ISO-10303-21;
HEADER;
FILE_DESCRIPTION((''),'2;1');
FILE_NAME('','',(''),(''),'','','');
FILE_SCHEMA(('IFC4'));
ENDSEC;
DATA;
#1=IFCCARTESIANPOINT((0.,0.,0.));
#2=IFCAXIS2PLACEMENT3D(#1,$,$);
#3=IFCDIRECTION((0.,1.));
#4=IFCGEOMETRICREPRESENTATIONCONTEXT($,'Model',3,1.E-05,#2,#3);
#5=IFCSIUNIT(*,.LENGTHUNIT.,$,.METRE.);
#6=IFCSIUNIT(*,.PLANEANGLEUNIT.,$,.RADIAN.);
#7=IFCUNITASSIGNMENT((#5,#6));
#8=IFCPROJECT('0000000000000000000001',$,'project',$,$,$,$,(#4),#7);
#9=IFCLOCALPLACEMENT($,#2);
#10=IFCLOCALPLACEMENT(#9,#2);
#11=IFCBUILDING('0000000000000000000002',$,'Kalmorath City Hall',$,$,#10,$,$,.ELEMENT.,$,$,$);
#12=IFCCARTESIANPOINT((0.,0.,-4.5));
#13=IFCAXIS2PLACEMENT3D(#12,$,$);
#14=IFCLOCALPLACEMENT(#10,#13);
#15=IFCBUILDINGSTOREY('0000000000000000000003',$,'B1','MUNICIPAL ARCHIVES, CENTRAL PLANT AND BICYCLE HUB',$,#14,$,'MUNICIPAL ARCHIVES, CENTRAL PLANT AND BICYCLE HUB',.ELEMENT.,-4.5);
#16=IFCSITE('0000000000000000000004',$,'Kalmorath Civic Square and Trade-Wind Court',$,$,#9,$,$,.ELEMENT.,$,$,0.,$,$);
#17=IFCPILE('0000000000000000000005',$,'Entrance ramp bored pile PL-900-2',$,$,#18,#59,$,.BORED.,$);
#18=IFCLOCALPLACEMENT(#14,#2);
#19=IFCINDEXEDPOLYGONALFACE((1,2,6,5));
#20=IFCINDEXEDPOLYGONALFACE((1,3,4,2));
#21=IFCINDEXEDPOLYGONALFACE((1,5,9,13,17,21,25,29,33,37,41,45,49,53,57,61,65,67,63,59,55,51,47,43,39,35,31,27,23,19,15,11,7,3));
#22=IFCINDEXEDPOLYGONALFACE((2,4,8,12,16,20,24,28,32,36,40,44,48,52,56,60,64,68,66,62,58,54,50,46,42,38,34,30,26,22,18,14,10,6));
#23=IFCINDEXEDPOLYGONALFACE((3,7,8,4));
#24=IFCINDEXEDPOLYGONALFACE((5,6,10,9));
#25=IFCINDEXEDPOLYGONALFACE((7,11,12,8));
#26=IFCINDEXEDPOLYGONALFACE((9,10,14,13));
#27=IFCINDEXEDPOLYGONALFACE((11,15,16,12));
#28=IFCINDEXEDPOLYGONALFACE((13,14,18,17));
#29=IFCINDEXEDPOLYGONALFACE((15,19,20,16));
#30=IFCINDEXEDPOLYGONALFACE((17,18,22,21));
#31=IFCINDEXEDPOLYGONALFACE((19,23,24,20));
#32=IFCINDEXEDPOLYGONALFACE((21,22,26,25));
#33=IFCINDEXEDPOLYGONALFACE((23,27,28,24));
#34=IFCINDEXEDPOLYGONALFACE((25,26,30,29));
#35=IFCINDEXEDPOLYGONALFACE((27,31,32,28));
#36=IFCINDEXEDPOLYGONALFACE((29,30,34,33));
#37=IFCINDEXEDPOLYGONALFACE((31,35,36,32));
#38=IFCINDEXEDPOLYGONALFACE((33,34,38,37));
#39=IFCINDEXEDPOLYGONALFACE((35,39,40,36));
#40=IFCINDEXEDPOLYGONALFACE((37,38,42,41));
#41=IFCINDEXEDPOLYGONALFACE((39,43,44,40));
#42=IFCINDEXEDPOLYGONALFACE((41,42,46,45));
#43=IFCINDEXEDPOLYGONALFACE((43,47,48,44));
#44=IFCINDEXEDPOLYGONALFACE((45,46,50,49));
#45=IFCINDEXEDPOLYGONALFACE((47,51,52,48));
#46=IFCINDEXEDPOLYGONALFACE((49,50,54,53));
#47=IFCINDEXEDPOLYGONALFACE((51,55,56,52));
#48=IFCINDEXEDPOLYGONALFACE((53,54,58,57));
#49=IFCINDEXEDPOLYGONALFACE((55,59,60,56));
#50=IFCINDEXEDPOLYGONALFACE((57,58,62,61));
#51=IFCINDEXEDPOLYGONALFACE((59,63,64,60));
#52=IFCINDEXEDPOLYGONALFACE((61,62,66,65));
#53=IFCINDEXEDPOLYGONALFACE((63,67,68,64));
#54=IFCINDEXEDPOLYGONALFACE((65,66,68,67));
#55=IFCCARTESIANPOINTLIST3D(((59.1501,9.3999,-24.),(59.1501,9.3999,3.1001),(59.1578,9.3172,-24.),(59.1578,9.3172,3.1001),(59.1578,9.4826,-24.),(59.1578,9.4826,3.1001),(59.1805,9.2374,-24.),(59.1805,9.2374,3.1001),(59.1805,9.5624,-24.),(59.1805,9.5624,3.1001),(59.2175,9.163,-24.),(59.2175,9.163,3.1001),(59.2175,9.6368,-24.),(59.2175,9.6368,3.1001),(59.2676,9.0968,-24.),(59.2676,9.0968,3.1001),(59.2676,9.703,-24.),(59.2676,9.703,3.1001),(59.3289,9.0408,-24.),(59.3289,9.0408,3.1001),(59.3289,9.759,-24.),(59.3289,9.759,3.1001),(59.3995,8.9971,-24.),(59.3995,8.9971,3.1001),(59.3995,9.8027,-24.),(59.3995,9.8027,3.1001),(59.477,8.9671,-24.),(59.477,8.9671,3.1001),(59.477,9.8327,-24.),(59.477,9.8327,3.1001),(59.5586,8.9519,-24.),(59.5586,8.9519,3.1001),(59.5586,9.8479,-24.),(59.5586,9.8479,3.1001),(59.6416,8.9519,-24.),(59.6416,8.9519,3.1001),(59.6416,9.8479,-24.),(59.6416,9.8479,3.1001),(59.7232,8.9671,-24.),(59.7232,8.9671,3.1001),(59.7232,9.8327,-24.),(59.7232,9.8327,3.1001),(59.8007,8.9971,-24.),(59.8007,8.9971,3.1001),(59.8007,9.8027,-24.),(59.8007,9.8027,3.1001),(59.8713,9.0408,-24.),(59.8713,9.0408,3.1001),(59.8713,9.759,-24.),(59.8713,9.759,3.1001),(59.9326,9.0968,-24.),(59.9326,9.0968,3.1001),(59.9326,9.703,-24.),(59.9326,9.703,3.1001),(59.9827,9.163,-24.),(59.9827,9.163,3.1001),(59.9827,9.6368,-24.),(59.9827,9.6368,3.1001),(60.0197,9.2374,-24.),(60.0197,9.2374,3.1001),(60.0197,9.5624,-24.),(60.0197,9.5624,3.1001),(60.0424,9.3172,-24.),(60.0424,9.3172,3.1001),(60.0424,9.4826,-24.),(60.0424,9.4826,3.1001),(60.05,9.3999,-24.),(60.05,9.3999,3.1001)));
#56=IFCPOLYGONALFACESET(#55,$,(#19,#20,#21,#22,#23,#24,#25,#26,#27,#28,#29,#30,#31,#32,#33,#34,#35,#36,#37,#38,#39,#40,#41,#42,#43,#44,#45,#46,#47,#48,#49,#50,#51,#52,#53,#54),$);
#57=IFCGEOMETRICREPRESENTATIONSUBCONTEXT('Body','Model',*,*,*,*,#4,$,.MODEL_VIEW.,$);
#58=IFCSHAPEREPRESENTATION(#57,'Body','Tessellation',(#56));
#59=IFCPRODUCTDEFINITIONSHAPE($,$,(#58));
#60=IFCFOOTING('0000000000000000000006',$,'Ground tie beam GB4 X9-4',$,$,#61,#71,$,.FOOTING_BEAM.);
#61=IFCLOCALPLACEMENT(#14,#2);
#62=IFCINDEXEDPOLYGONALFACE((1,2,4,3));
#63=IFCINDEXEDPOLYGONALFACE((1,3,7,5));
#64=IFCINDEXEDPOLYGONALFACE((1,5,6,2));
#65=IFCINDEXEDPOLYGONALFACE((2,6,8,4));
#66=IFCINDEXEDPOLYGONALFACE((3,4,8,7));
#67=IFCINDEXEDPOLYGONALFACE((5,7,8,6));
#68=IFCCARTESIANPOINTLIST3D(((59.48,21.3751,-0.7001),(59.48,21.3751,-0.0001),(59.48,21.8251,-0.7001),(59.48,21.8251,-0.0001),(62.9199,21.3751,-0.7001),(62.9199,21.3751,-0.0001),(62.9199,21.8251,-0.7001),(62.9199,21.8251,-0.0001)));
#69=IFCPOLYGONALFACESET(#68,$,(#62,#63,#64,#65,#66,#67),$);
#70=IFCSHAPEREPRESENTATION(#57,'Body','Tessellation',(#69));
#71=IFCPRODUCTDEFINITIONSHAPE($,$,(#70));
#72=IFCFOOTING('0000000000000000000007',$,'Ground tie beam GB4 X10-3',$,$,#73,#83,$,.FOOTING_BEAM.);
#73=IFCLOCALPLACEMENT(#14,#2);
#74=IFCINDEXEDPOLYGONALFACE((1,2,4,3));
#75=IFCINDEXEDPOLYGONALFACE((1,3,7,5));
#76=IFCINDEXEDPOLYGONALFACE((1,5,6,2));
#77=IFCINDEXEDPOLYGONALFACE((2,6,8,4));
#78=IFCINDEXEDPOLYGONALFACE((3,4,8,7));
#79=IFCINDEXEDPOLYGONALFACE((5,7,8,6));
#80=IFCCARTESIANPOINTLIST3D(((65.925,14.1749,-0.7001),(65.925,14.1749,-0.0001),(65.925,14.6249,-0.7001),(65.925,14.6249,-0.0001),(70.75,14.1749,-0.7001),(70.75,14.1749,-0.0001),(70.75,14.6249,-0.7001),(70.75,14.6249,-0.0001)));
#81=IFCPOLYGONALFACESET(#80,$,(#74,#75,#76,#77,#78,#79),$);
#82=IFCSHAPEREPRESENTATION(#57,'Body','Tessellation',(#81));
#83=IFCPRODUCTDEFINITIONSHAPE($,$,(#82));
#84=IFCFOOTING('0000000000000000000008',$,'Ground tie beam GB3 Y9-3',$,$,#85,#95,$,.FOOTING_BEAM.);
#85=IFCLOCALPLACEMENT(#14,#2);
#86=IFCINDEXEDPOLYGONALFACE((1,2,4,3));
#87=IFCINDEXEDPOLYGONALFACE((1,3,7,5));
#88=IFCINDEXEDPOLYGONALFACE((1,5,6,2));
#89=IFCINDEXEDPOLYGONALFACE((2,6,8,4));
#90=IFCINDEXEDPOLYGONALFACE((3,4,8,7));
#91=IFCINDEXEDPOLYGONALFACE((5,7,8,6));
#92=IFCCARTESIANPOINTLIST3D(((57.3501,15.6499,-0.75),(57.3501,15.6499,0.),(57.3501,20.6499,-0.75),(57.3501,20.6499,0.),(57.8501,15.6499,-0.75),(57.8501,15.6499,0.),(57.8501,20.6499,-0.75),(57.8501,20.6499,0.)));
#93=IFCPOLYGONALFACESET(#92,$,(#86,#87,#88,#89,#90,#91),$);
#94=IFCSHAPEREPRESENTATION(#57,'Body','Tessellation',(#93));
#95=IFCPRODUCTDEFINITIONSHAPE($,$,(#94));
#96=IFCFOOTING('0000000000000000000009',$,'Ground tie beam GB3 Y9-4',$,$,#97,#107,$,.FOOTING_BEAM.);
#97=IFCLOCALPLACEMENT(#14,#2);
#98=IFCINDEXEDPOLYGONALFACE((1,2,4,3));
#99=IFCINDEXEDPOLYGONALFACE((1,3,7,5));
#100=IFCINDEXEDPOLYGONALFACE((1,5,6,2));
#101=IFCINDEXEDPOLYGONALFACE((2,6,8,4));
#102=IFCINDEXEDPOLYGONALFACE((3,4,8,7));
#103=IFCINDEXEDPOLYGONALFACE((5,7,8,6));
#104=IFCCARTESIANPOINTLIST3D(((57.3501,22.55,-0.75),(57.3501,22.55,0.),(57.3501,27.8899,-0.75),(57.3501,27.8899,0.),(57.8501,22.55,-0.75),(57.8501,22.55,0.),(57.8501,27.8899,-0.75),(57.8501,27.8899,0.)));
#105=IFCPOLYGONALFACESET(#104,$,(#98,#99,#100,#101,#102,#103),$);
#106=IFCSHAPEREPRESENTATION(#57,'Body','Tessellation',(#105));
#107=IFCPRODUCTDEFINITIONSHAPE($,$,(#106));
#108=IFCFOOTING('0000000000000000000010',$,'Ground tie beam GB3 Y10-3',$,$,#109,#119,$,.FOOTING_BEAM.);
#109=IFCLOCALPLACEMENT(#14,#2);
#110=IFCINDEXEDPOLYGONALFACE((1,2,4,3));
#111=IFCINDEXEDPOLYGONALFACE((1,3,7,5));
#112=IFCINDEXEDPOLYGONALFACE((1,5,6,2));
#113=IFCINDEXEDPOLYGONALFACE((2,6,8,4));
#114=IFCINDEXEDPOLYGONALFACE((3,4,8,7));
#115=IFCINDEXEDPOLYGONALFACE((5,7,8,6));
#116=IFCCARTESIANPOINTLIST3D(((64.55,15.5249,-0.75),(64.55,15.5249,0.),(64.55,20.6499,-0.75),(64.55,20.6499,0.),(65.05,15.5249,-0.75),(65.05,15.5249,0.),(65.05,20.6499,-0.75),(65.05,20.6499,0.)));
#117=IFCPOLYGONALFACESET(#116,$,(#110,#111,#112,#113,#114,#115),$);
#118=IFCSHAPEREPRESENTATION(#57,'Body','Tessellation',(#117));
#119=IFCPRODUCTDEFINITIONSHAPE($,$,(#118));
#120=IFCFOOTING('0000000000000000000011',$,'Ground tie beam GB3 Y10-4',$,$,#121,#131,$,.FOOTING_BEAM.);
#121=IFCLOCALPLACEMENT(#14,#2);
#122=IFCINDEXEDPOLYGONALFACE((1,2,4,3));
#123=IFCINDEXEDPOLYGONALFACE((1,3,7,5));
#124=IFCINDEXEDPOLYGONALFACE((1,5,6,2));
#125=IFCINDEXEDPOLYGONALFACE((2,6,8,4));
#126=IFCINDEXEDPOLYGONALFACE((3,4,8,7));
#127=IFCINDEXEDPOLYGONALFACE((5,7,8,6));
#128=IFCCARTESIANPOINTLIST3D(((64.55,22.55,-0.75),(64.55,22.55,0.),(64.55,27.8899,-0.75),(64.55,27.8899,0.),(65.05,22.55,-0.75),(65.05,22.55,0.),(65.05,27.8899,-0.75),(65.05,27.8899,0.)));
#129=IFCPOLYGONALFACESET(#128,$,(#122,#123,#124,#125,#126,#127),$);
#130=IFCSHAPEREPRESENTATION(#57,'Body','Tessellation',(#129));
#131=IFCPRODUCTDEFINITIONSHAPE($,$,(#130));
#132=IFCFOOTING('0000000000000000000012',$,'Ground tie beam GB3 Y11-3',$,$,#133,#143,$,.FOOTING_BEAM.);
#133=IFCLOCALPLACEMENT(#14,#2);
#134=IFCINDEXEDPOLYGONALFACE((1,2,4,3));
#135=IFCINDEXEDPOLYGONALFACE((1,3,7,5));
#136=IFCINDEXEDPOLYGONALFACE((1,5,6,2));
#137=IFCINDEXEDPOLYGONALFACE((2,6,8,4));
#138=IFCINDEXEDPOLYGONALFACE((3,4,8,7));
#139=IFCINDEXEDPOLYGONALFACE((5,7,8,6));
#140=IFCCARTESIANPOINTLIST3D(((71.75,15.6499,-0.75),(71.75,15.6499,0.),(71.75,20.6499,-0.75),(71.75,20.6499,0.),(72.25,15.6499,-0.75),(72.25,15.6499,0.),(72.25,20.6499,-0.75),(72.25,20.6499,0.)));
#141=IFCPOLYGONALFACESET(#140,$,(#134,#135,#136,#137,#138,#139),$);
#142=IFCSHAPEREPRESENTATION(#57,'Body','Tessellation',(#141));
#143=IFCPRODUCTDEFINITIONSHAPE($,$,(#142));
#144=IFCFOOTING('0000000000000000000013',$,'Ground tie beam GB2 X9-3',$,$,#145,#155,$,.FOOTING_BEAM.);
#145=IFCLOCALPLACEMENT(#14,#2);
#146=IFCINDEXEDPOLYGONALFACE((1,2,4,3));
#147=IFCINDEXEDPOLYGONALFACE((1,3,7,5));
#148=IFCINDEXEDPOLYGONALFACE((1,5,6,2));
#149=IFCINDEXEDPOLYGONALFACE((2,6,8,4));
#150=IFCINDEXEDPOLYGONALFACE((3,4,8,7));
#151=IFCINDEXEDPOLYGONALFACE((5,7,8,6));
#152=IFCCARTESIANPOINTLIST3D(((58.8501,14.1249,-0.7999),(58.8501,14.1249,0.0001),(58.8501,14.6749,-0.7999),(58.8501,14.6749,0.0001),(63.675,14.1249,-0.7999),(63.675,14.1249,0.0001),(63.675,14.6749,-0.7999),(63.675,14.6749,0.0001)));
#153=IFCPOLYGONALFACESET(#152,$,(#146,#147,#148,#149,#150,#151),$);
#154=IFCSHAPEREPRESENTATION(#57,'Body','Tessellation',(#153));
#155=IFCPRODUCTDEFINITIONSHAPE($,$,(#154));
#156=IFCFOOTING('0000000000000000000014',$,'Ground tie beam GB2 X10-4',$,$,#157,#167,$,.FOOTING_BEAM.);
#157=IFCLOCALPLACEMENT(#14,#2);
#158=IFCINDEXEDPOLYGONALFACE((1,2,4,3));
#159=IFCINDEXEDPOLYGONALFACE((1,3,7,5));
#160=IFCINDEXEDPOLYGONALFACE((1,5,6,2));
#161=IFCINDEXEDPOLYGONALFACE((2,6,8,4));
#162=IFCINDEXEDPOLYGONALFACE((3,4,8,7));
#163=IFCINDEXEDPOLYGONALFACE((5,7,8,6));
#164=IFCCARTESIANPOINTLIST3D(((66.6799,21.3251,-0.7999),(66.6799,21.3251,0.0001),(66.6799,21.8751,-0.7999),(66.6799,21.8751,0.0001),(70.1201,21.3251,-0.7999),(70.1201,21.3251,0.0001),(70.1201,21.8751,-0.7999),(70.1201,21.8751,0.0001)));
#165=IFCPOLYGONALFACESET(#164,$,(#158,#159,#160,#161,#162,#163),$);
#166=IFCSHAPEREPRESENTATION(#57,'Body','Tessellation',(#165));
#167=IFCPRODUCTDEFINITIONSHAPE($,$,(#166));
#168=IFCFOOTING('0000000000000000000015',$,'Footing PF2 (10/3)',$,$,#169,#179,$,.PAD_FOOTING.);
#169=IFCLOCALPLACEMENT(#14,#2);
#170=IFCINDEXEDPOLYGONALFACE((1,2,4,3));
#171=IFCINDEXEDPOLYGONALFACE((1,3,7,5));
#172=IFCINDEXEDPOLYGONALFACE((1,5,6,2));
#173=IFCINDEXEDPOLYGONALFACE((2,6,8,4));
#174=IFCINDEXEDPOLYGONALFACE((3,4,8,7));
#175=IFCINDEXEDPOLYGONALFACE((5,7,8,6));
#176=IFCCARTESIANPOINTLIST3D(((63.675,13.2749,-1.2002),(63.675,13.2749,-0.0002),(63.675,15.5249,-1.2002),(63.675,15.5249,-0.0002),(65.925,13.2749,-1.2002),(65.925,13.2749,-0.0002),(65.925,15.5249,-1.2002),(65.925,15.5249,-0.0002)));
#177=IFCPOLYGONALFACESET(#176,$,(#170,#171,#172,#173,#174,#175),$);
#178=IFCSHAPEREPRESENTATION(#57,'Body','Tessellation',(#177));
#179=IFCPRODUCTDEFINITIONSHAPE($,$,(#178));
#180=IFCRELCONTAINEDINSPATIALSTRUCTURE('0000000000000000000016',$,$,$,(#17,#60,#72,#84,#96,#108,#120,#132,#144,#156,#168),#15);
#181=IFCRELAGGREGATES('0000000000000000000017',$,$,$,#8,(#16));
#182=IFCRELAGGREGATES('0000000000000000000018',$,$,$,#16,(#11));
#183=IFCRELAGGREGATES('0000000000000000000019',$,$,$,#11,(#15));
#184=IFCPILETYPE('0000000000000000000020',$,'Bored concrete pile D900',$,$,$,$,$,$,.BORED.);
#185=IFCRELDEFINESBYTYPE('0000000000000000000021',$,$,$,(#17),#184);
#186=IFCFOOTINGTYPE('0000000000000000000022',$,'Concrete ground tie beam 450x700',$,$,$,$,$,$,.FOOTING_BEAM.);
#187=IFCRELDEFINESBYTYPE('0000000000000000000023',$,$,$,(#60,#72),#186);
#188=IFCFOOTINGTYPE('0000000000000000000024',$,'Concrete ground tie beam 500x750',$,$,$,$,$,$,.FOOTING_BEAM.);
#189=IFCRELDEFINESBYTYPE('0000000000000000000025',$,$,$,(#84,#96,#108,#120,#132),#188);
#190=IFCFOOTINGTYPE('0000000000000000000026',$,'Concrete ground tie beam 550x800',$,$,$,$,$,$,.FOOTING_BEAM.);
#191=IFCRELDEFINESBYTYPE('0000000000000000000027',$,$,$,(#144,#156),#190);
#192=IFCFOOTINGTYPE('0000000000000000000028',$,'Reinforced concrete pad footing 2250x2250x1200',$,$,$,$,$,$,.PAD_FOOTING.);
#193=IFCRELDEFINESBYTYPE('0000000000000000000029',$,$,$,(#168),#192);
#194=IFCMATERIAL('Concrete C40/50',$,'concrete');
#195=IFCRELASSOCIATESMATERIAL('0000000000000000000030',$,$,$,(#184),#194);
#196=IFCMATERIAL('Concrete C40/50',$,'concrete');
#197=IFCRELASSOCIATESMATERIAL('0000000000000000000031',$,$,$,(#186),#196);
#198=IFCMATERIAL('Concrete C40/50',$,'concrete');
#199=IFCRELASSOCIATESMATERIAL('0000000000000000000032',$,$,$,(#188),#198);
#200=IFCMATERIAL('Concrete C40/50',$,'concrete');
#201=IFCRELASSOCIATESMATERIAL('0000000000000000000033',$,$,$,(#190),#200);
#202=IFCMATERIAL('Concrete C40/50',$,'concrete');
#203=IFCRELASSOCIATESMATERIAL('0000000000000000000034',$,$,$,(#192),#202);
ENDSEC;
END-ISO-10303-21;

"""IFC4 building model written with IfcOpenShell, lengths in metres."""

from ifc_helpers import new_model, si_unit, direction, frame, origin, origin_2d, place, context, subcontext, project, spatial, rectangle, circle, extrude, material, material_profile, profile_set, type_object, element, save


model = new_model("IFC4")

# Units and contexts
model_context = context("Model", 3, precision=1e-05, world=origin(), true_north=direction((0.0, 1.0)))
body_context = subcontext(model_context, "Body", "Model", "MODEL_VIEW")
ifc_project = project(units=[si_unit("LENGTHUNIT", "METRE"), si_unit("PLANEANGLEUNIT", "RADIAN")], contexts=[model_context])

# Site, building, storey
site_placement = place(None, origin())
site = spatial("IfcSite", under=ifc_project, at=site_placement, Name="Kalmorath Civic Square and Trade-Wind Court", CompositionType="ELEMENT", RefElevation=0.0)
building_placement = place(site_placement, origin())
building = spatial("IfcBuilding", under=site, at=building_placement, Name="Kalmorath City Hall", CompositionType="ELEMENT")
storey_placement = place(building_placement, frame((0.0, 0.0, -4.5)))
storey = spatial("IfcBuildingStorey", under=building, at=storey_placement, Name="B1", Description="MUNICIPAL ARCHIVES, CENTRAL PLANT AND BICYCLE HUB", LongName="MUNICIPAL ARCHIVES, CENTRAL PLANT AND BICYCLE HUB", CompositionType="ELEMENT", Elevation=-4.5)

# Pile
ifc_material_1 = material(Name="Concrete C40/50", Category="concrete")
ifc_material_profile_1 = material_profile(ifc_material_1, circle(Radius=0.45, at=origin_2d()), Name="PILE-D900")
ifc_profile_set_1 = profile_set([ifc_material_profile_1], Name="Concrete C40/50")
pile_type = type_object("IfcPileType", Name="Bored concrete pile D900", PredefinedType="BORED", material=ifc_profile_set_1)
pile_1_placement = place(storey_placement, frame((59.6001, 9.3999, 3.1001), z_axis=(0.0, 0.0, -1.0), x_axis=(1.0, 0.0, 0.0)))
element("IfcPile", 1, at=pile_1_placement, inside=storey, type_object=pile_type, Name="Entrance ramp bored pile PL-900-2", PredefinedType="BORED", context=body_context, shape_type="SweptSolid", body=[
    extrude(circle(Radius=0.45, at=origin_2d()), origin(), (0.0, 0.0, 1.0), 27.1001),
])

# Footings
ifc_material_2 = material(Name="Concrete C40/50", Category="concrete")
ifc_material_profile_2 = material_profile(ifc_material_2, rectangle(XDim=0.45, YDim=0.7, at=origin_2d()), Name="RC-BM-450X700")
ifc_profile_set_2 = profile_set([ifc_material_profile_2], Name="Concrete C40/50")
footing_type_1 = type_object("IfcFootingType", Name="Concrete ground tie beam 450x700", PredefinedType="FOOTING_BEAM", material=ifc_profile_set_2)
footing_1_placement = place(storey_placement, frame((59.48, 21.6001, -0.3501), z_axis=(1.0, 0.0, 0.0), x_axis=(0.0, 1.0, 0.0)))
element("IfcFooting", 2, at=footing_1_placement, inside=storey, type_object=footing_type_1, Name="Ground tie beam GB4 X9-4", PredefinedType="FOOTING_BEAM", context=body_context, shape_type="SweptSolid", body=[
    extrude(rectangle(XDim=0.45, YDim=0.7, at=origin_2d()), origin(), (0.0, 0.0, 1.0), 3.4399),
])
footing_2_placement = place(storey_placement, frame((65.925, 14.3999, -0.3501), z_axis=(1.0, 0.0, 0.0), x_axis=(0.0, 1.0, 0.0)))
element("IfcFooting", 3, at=footing_2_placement, inside=storey, type_object=footing_type_1, Name="Ground tie beam GB4 X10-3", PredefinedType="FOOTING_BEAM", context=body_context, shape_type="SweptSolid", body=[
    extrude(rectangle(XDim=0.45, YDim=0.7, at=origin_2d()), origin(), (0.0, 0.0, 1.0), 4.825),
])
ifc_material_3 = material(Name="Concrete C40/50", Category="concrete")
ifc_material_profile_3 = material_profile(ifc_material_3, rectangle(XDim=0.5, YDim=0.75, at=origin_2d()), Name="RC-BM-500X750")
ifc_profile_set_3 = profile_set([ifc_material_profile_3], Name="Concrete C40/50")
footing_type_2 = type_object("IfcFootingType", Name="Concrete ground tie beam 500x750", PredefinedType="FOOTING_BEAM", material=ifc_profile_set_3)
footing_3_placement = place(storey_placement, frame((57.6001, 15.6499, -0.375), z_axis=(0.0, 1.0, 0.0), x_axis=(-1.0, 0.0, 0.0)))
element("IfcFooting", 4, at=footing_3_placement, inside=storey, type_object=footing_type_2, Name="Ground tie beam GB3 Y9-3", PredefinedType="FOOTING_BEAM", context=body_context, shape_type="SweptSolid", body=[
    extrude(rectangle(XDim=0.5, YDim=0.75, at=origin_2d()), origin(), (0.0, 0.0, 1.0), 5.0),
])
footing_4_placement = place(storey_placement, frame((57.6001, 22.55, -0.375), z_axis=(0.0, 1.0, 0.0), x_axis=(-1.0, 0.0, 0.0)))
element("IfcFooting", 5, at=footing_4_placement, inside=storey, type_object=footing_type_2, Name="Ground tie beam GB3 Y9-4", PredefinedType="FOOTING_BEAM", context=body_context, shape_type="SweptSolid", body=[
    extrude(rectangle(XDim=0.5, YDim=0.75, at=origin_2d()), origin(), (0.0, 0.0, 1.0), 5.3398),
])
footing_5_placement = place(storey_placement, frame((64.8, 15.5249, -0.375), z_axis=(0.0, 1.0, 0.0), x_axis=(-1.0, 0.0, 0.0)))
element("IfcFooting", 6, at=footing_5_placement, inside=storey, type_object=footing_type_2, Name="Ground tie beam GB3 Y10-3", PredefinedType="FOOTING_BEAM", context=body_context, shape_type="SweptSolid", body=[
    extrude(rectangle(XDim=0.5, YDim=0.75, at=origin_2d()), origin(), (0.0, 0.0, 1.0), 5.125),
])
footing_6_placement = place(storey_placement, frame((64.8, 22.55, -0.375), z_axis=(0.0, 1.0, 0.0), x_axis=(-1.0, 0.0, 0.0)))
element("IfcFooting", 7, at=footing_6_placement, inside=storey, type_object=footing_type_2, Name="Ground tie beam GB3 Y10-4", PredefinedType="FOOTING_BEAM", context=body_context, shape_type="SweptSolid", body=[
    extrude(rectangle(XDim=0.5, YDim=0.75, at=origin_2d()), origin(), (0.0, 0.0, 1.0), 5.3398),
])
footing_7_placement = place(storey_placement, frame((72.0, 15.6499, -0.375), z_axis=(0.0, 1.0, 0.0), x_axis=(-1.0, 0.0, 0.0)))
element("IfcFooting", 8, at=footing_7_placement, inside=storey, type_object=footing_type_2, Name="Ground tie beam GB3 Y11-3", PredefinedType="FOOTING_BEAM", context=body_context, shape_type="SweptSolid", body=[
    extrude(rectangle(XDim=0.5, YDim=0.75, at=origin_2d()), origin(), (0.0, 0.0, 1.0), 5.0),
])
ifc_material_4 = material(Name="Concrete C40/50", Category="concrete")
ifc_material_profile_4 = material_profile(ifc_material_4, rectangle(XDim=0.55, YDim=0.8, at=origin_2d()), Name="RC-BM-550X800")
ifc_profile_set_4 = profile_set([ifc_material_profile_4], Name="Concrete C40/50")
footing_type_3 = type_object("IfcFootingType", Name="Concrete ground tie beam 550x800", PredefinedType="FOOTING_BEAM", material=ifc_profile_set_4)
footing_8_placement = place(storey_placement, frame((58.8501, 14.3999, -0.3999), z_axis=(1.0, 0.0, 0.0), x_axis=(0.0, 1.0, 0.0)))
element("IfcFooting", 9, at=footing_8_placement, inside=storey, type_object=footing_type_3, Name="Ground tie beam GB2 X9-3", PredefinedType="FOOTING_BEAM", context=body_context, shape_type="SweptSolid", body=[
    extrude(rectangle(XDim=0.55, YDim=0.8, at=origin_2d()), origin(), (0.0, 0.0, 1.0), 4.825),
])
footing_9_placement = place(storey_placement, frame((66.6799, 21.6001, -0.3999), z_axis=(1.0, 0.0, 0.0), x_axis=(0.0, 1.0, 0.0)))
element("IfcFooting", 10, at=footing_9_placement, inside=storey, type_object=footing_type_3, Name="Ground tie beam GB2 X10-4", PredefinedType="FOOTING_BEAM", context=body_context, shape_type="SweptSolid", body=[
    extrude(rectangle(XDim=0.55, YDim=0.8, at=origin_2d()), origin(), (0.0, 0.0, 1.0), 3.4402),
])
ifc_material_5 = material(Name="Concrete C40/50", Category="concrete")
footing_type_4 = type_object("IfcFootingType", Name="Reinforced concrete pad footing 2250x2250x1200", PredefinedType="PAD_FOOTING", material=ifc_material_5)
footing_10_placement = place(storey_placement, frame((64.8, 14.3999, -1.2002), z_axis=(0.0, 0.0, 1.0), x_axis=(1.0, 0.0, 0.0)))
element("IfcFooting", 11, at=footing_10_placement, inside=storey, type_object=footing_type_4, Name="Footing PF2 (10/3)", PredefinedType="PAD_FOOTING", context=body_context, shape_type="SweptSolid", body=[
    extrude(rectangle(XDim=2.25, YDim=2.25, at=origin_2d()), origin(), (0.0, 0.0, 1.0), 1.2),
])

save(model, "model.ifc")
